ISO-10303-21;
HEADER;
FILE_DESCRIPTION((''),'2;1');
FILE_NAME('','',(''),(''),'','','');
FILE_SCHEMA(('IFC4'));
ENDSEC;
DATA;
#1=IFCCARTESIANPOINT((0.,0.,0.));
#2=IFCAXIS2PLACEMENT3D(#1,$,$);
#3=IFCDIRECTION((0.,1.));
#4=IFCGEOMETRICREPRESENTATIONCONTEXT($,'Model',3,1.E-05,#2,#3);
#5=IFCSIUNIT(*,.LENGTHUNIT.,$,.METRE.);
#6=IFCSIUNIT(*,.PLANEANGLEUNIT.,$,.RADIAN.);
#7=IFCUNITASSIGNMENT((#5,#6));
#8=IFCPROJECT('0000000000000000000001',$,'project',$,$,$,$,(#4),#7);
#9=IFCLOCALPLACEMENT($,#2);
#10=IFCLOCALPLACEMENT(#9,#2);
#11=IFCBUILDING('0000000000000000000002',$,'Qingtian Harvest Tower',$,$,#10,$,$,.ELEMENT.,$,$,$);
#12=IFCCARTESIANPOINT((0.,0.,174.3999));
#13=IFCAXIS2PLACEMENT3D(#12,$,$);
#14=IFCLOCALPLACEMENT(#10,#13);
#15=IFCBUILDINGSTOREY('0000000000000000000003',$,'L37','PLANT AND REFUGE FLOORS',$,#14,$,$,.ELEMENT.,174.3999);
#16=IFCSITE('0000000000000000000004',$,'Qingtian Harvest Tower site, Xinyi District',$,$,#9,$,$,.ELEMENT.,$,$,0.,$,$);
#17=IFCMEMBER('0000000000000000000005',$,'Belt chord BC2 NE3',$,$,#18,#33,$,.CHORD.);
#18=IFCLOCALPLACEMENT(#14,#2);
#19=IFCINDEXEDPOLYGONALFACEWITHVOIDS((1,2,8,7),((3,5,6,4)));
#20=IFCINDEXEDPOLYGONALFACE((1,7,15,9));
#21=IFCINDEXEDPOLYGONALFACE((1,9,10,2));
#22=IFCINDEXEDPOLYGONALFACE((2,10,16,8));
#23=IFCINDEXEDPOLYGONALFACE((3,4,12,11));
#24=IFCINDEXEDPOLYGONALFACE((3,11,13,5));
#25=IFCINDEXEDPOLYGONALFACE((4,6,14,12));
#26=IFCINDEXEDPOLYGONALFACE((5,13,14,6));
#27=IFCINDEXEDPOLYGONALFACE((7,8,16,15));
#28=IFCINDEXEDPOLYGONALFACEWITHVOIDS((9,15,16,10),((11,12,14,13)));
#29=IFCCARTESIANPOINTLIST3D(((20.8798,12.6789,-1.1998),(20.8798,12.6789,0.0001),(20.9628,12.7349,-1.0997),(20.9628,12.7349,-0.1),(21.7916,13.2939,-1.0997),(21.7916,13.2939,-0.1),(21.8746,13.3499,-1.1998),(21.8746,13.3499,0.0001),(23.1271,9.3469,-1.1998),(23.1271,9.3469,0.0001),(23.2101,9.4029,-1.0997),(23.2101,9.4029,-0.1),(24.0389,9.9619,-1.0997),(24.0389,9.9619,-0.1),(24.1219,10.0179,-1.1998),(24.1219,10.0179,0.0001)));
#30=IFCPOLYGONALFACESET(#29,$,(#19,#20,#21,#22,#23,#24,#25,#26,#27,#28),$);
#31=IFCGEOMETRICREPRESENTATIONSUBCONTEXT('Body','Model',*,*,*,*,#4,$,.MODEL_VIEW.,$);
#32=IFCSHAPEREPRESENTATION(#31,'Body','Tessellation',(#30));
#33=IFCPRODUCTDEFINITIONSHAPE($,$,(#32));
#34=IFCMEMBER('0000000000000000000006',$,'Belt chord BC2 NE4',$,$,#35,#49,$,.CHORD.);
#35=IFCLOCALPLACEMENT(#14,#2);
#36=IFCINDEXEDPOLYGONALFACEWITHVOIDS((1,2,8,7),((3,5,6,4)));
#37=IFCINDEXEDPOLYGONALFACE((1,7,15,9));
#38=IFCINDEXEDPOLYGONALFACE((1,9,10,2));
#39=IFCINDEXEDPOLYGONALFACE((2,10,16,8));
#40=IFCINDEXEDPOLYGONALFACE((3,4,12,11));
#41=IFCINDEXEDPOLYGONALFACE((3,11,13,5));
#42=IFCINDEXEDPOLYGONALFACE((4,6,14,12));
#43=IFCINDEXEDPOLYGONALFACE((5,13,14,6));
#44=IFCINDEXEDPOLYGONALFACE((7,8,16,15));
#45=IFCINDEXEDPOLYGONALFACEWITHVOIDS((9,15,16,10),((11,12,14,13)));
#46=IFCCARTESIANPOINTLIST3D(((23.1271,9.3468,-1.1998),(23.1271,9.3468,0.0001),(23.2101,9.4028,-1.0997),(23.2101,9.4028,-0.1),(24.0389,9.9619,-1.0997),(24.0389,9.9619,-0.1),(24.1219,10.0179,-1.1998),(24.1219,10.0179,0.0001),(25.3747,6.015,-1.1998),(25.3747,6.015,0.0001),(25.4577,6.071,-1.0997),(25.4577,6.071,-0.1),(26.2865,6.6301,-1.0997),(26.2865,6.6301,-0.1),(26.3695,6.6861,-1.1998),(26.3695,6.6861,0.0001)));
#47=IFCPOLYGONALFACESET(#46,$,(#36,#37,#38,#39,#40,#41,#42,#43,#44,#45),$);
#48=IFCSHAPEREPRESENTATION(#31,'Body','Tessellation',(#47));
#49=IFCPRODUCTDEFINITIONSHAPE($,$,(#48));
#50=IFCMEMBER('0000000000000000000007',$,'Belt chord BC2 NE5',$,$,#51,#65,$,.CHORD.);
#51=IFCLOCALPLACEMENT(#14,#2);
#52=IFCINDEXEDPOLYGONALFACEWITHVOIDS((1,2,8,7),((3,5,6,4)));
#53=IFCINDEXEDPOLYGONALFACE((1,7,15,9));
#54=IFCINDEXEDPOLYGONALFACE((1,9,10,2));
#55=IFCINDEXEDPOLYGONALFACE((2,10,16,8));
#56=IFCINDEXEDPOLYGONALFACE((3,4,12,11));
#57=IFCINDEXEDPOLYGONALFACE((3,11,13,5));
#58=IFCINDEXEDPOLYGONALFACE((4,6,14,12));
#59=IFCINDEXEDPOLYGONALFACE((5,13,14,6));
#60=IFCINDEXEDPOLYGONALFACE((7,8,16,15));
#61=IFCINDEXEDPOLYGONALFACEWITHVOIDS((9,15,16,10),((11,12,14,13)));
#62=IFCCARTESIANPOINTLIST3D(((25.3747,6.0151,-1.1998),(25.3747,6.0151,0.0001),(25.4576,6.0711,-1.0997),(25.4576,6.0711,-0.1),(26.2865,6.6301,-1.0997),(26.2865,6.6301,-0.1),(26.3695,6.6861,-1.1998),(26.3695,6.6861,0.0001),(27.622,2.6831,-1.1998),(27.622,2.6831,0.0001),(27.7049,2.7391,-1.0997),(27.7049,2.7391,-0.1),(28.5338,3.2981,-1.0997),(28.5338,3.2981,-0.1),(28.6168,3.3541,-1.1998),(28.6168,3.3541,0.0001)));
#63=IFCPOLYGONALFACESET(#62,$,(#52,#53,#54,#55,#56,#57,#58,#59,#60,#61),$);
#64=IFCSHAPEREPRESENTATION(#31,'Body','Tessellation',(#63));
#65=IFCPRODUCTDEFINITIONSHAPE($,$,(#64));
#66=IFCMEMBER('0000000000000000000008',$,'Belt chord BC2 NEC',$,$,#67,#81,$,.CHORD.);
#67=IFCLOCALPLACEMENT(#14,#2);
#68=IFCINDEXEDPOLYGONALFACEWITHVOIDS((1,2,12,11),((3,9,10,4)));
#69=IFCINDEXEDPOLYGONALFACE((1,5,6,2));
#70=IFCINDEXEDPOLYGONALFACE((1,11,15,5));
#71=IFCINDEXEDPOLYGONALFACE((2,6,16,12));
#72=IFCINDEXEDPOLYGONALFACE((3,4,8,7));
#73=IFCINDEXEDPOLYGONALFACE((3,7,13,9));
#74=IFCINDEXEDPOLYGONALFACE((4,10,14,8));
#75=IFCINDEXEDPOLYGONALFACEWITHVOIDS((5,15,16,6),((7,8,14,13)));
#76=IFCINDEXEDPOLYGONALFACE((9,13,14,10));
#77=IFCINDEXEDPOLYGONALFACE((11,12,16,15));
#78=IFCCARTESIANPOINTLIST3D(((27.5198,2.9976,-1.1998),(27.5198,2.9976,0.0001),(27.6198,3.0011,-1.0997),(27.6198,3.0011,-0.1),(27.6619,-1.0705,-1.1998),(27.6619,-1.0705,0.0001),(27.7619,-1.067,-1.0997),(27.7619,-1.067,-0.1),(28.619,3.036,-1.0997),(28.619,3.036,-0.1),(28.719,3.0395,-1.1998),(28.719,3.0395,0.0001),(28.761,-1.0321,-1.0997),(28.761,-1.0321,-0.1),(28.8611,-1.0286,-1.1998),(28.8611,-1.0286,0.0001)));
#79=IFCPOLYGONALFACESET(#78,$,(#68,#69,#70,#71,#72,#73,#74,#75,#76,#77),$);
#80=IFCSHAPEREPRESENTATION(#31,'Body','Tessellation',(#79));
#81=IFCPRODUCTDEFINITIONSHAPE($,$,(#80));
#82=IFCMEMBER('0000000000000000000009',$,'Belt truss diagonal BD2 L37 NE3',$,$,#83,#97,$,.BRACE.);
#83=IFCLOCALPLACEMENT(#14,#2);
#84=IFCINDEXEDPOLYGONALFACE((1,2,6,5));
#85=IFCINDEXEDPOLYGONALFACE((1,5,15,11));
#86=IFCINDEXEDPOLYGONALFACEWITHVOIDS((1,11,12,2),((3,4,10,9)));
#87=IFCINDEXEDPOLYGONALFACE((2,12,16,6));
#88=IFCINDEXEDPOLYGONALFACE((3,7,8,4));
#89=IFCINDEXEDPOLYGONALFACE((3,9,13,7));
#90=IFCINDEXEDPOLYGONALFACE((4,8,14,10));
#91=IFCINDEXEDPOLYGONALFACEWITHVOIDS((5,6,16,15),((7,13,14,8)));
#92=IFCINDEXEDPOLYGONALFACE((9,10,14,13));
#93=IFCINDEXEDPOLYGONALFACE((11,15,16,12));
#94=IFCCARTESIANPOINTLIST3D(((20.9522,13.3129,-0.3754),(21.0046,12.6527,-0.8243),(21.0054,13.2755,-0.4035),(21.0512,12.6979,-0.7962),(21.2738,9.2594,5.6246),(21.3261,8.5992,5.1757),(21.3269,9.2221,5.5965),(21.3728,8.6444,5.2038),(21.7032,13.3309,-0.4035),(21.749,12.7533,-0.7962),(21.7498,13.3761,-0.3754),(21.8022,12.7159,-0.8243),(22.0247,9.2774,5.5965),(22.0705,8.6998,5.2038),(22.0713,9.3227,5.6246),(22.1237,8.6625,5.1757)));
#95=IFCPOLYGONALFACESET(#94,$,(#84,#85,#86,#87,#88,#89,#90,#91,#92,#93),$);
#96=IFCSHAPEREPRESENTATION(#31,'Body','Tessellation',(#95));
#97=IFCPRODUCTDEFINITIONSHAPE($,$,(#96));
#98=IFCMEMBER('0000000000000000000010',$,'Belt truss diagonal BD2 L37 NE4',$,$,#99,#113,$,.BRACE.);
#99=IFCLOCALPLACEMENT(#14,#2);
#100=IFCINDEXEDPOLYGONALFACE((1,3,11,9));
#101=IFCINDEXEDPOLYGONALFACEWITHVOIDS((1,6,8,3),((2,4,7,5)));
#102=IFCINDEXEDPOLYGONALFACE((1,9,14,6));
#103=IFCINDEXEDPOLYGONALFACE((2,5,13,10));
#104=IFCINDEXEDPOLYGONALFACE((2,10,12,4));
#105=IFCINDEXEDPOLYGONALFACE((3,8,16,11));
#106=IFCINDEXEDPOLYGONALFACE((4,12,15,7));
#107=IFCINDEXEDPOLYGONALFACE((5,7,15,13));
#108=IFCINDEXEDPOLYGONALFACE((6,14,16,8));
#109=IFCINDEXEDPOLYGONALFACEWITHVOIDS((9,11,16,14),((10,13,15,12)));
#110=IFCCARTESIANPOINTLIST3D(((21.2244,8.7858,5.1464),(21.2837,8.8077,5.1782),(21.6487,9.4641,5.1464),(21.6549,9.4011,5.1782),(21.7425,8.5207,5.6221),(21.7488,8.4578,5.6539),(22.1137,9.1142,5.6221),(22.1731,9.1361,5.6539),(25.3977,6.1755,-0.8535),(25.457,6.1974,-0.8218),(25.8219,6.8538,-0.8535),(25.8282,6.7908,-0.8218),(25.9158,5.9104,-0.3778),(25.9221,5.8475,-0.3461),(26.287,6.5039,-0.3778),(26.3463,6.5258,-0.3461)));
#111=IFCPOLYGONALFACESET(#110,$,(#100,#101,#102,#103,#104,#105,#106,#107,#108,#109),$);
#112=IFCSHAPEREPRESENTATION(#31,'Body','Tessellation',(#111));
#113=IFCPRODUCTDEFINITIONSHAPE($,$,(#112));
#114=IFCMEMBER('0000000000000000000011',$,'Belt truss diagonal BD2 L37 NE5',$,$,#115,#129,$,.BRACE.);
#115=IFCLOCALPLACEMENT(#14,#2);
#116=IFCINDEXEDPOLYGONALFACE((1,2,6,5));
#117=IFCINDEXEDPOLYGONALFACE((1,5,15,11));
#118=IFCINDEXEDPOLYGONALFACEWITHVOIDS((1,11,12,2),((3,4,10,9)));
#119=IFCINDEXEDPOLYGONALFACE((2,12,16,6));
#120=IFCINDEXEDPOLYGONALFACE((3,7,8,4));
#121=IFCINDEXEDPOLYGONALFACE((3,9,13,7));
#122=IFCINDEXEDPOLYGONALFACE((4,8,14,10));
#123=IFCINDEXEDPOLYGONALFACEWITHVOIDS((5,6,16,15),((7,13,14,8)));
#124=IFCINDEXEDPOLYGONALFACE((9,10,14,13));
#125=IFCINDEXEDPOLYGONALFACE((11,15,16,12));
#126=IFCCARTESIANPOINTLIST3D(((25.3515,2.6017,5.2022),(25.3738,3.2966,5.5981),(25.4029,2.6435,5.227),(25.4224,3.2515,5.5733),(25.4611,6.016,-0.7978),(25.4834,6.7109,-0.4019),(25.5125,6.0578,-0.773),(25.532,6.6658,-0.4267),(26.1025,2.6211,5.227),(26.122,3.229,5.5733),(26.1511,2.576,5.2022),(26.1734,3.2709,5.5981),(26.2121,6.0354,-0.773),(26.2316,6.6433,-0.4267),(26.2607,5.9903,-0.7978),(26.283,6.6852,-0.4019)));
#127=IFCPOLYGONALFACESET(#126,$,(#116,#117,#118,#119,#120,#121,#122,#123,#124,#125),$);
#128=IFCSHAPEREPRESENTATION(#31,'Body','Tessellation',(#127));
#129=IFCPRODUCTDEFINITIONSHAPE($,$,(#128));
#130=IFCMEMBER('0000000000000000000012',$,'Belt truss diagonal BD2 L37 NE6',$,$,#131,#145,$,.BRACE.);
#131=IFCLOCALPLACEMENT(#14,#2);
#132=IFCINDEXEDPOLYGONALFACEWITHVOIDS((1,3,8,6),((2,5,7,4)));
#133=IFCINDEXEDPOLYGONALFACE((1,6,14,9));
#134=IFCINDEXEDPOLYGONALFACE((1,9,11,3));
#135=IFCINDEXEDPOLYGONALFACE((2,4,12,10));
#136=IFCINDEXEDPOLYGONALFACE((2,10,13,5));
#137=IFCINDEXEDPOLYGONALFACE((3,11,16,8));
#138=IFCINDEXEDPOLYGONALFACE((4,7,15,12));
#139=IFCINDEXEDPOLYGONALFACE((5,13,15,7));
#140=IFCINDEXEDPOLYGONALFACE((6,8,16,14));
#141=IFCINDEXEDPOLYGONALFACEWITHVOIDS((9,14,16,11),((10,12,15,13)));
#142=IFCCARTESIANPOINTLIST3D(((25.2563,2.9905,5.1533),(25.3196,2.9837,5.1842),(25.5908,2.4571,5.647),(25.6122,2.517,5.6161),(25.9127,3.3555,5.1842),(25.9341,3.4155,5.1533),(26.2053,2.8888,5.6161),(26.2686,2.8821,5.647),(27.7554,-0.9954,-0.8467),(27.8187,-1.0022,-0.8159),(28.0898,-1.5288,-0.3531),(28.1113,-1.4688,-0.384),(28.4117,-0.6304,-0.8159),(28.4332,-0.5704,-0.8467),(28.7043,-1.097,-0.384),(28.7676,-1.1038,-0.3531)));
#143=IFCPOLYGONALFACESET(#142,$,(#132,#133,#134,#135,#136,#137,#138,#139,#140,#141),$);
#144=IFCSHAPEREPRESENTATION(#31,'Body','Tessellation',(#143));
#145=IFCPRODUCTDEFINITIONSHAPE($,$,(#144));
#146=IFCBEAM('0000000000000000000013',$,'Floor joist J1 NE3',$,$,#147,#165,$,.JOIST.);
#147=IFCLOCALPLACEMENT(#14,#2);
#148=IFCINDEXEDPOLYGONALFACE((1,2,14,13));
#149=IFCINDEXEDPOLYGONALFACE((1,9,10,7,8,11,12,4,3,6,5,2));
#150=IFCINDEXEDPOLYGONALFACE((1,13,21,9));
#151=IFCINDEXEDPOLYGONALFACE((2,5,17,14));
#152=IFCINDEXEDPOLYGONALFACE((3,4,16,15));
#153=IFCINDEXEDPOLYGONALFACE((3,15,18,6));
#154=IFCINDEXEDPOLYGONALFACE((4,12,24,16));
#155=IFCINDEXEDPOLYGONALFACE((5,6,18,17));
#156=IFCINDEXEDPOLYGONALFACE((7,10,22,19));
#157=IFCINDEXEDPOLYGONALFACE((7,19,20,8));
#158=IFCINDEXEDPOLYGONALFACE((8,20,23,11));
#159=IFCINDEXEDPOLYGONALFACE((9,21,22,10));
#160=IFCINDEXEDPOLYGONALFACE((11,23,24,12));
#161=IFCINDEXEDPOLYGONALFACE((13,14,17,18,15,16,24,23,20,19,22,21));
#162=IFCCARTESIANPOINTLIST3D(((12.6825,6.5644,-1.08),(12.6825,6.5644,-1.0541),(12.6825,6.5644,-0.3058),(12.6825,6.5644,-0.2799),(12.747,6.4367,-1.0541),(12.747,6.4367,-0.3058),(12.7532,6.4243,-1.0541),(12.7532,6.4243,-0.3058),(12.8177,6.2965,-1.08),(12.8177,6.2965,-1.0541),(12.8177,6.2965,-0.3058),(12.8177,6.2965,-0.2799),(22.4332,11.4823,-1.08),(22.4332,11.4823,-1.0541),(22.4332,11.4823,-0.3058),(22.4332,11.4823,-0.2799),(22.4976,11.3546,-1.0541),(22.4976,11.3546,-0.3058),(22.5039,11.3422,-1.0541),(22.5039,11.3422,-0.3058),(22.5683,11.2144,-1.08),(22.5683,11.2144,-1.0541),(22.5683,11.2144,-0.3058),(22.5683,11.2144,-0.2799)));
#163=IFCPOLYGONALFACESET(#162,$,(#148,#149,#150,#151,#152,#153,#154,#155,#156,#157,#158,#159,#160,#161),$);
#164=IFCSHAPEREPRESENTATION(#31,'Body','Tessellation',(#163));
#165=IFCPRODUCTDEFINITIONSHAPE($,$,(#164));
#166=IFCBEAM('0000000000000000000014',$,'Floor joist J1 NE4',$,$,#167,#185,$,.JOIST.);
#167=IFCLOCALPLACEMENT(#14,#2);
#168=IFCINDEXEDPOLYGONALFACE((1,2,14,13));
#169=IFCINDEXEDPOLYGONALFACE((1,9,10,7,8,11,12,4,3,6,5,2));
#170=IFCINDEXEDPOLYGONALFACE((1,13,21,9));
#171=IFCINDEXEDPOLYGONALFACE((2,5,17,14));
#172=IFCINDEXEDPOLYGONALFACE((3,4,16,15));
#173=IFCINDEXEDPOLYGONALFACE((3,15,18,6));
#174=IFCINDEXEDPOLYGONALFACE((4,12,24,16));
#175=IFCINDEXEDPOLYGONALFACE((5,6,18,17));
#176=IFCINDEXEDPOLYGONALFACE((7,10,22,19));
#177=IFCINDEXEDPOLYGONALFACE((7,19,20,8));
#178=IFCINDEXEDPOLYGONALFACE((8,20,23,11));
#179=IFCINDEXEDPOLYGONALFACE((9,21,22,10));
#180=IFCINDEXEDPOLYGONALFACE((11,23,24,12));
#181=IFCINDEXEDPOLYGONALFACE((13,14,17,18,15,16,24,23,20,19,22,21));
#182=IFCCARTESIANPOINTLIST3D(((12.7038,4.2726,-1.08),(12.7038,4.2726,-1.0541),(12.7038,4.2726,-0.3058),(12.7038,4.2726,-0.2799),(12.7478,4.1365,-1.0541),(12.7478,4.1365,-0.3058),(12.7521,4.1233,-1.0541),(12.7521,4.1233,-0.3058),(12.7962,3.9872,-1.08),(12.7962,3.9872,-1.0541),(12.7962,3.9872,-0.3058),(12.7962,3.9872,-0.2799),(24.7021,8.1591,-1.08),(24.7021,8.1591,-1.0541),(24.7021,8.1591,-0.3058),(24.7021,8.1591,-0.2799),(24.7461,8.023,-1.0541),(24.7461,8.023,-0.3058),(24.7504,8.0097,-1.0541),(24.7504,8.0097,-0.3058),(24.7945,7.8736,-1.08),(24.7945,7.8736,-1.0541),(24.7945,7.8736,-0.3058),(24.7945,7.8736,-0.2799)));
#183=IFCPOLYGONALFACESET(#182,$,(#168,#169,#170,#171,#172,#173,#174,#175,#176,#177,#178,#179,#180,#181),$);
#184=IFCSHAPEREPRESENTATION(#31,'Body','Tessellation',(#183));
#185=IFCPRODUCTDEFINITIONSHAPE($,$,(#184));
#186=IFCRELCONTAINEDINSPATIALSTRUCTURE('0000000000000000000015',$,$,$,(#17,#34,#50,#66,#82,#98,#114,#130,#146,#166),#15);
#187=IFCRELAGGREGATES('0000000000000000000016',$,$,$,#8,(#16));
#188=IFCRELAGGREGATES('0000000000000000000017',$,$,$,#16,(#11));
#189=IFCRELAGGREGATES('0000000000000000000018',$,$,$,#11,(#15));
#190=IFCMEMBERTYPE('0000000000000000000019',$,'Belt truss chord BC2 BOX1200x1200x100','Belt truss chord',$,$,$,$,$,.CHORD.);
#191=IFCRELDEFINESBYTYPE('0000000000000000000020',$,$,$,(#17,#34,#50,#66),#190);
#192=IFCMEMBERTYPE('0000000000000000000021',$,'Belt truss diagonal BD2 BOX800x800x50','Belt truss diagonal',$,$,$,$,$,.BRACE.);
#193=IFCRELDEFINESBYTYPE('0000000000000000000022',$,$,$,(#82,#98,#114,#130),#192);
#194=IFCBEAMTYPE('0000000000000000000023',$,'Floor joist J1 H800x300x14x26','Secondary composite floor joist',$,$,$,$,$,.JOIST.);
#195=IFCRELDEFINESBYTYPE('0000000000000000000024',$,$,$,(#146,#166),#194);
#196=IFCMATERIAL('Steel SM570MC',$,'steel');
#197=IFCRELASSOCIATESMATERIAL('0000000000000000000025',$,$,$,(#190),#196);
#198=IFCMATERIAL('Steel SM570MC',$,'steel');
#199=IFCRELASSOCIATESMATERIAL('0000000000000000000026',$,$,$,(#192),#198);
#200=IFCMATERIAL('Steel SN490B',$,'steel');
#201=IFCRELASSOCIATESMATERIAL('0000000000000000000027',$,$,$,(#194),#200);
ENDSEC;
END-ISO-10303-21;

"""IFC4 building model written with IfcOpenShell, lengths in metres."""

from ifc_helpers import new_model, si_unit, direction, frame, origin, origin_2d, place, context, subcontext, project, spatial, hollow_rectangle, i_section, extrude, material, material_profile, profile_set, type_object, element, save


model = new_model("IFC4")

# Units and contexts
model_context = context("Model", 3, precision=1e-05, world=origin(), true_north=direction((0.0, 1.0)))
body_context = subcontext(model_context, "Body", "Model", "MODEL_VIEW")
ifc_project = project(units=[si_unit("LENGTHUNIT", "METRE"), si_unit("PLANEANGLEUNIT", "RADIAN")], contexts=[model_context])

# Site, building, storey
site_placement = place(None, origin())
site = spatial("IfcSite", under=ifc_project, at=site_placement, Name="Qingtian Harvest Tower site, Xinyi District", CompositionType="ELEMENT", RefElevation=0.0)
building_placement = place(site_placement, origin())
building = spatial("IfcBuilding", under=site, at=building_placement, Name="Qingtian Harvest Tower", CompositionType="ELEMENT")
storey_placement = place(building_placement, frame((0.0, 0.0, 174.3999)))
storey = spatial("IfcBuildingStorey", under=building, at=storey_placement, Name="L37", Description="PLANT AND REFUGE FLOORS", CompositionType="ELEMENT", Elevation=174.3999)

# Members
ifc_material_1 = material(Name="Steel SM570MC", Category="steel")
ifc_material_profile_1 = material_profile(ifc_material_1, hollow_rectangle(XDim=1.2, YDim=1.2, WallThickness=0.1001, at=origin_2d()), Name="BOX1200x1200x100")
ifc_profile_set_1 = profile_set([ifc_material_profile_1], Name="Steel SM570MC")
member_type_1 = type_object("IfcMemberType", Name="Belt truss chord BC2 BOX1200x1200x100", Description="Belt truss chord", PredefinedType="CHORD", material=ifc_profile_set_1)
for number, where, z_axis, x_axis, name in (
    (1, (21.3772, 13.0144, -0.5999), (0.559164, -0.829057, 0.0), (0.829057, 0.559164, 0.0), "Belt chord BC2 NE3"),
    (2, (23.6245, 9.6824, -0.5999), (0.559234, -0.82901, 0.0), (0.82901, 0.559234, 0.0), "Belt chord BC2 NE4"),
    (3, (25.8721, 6.3506, -0.5999), (0.559164, -0.829057, 0.0), (0.829057, 0.559164, 0.0), "Belt chord BC2 NE5"),
):
    element("IfcMember", number, at=place(storey_placement, frame(where, z_axis=z_axis, x_axis=x_axis)), inside=storey, type_object=member_type_1, Name=name, PredefinedType="CHORD", context=body_context, shape_type="SweptSolid", body=[
        extrude(hollow_rectangle(XDim=1.2, YDim=1.2, WallThickness=0.1001, at=origin_2d()), origin(), (0.0, 0.0, 1.0), 4.019),
    ])
member_1_placement = place(storey_placement, frame((28.1194, 3.0186, -0.5999), z_axis=(0.034906, -0.999391, 0.0), x_axis=(0.999391, 0.034906, 0.0)))
element("IfcMember", 4, at=member_1_placement, inside=storey, type_object=member_type_1, Name="Belt chord BC2 NEC", PredefinedType="CHORD", context=body_context, shape_type="SweptSolid", body=[
    extrude(hollow_rectangle(XDim=1.2, YDim=1.2, WallThickness=0.1001, at=origin_2d()), origin(), (0.0, 0.0, 1.0), 4.0706),
])
ifc_material_2 = material(Name="Steel SM570MC", Category="steel")
ifc_material_profile_2 = material_profile(ifc_material_2, hollow_rectangle(XDim=0.8, YDim=0.8, WallThickness=0.05, at=origin_2d()), Name="BOX800x800x50")
ifc_profile_set_2 = profile_set([ifc_material_profile_2], Name="Steel SM570MC")
member_type_2 = type_object("IfcMemberType", Name="Belt truss diagonal BD2 BOX800x800x50", Description="Belt truss diagonal", PredefinedType="BRACE", material=ifc_profile_set_2)
member_2_placement = place(storey_placement, frame((21.3772, 13.0144, -0.5999), z_axis=(0.044361, -0.559251, 0.827811), x_axis=(0.996869, 0.079075, 0.0)))
element("IfcMember", 5, at=member_2_placement, inside=storey, type_object=member_type_2, Name="Belt truss diagonal BD2 L37 NE3", PredefinedType="BRACE", context=body_context, shape_type="SweptSolid", body=[
    extrude(hollow_rectangle(XDim=0.8, YDim=0.8, WallThickness=0.05, at=origin_2d()), origin(), (0.0, 0.0, 1.0), 7.248),
])
member_3_placement = place(storey_placement, frame((21.6987, 8.9609, 5.4001), z_axis=(0.537743, -0.336349, -0.773112), x_axis=(0.530293, 0.847814, 0.0)))
element("IfcMember", 6, at=member_3_placement, inside=storey, type_object=member_type_2, Name="Belt truss diagonal BD2 L37 NE4", PredefinedType="BRACE", context=body_context, shape_type="SweptSolid", body=[
    extrude(hollow_rectangle(XDim=0.8, YDim=0.8, WallThickness=0.05, at=origin_2d()), origin(), (0.0, 0.0, 1.0), 7.7607),
])
member_4_placement = place(storey_placement, frame((25.8721, 6.3506, -0.5999), z_axis=(-0.015877, -0.494518, 0.869022), x_axis=(0.999485, -0.032089, 0.0)))
element("IfcMember", 7, at=member_4_placement, inside=storey, type_object=member_type_2, Name="Belt truss diagonal BD2 L37 NE5", PredefinedType="BRACE", context=body_context, shape_type="SweptSolid", body=[
    extrude(hollow_rectangle(XDim=0.8, YDim=0.8, WallThickness=0.05, at=origin_2d()), origin(), (0.0, 0.0, 1.0), 6.9043),
])
member_5_placement = place(storey_placement, frame((25.7625, 2.9363, 5.4001), z_axis=(0.327765, -0.522772, -0.786943), x_axis=(0.847245, 0.531202, 0.0)))
element("IfcMember", 8, at=member_5_placement, inside=storey, type_object=member_type_2, Name="Belt truss diagonal BD2 L37 NE6", PredefinedType="BRACE", context=body_context, shape_type="SweptSolid", body=[
    extrude(hollow_rectangle(XDim=0.8, YDim=0.8, WallThickness=0.05, at=origin_2d()), origin(), (0.0, 0.0, 1.0), 7.6245),
])

# Beams
ifc_material_3 = material(Name="Steel SN490B", Category="steel")
ifc_material_profile_3 = material_profile(ifc_material_3, i_section(OverallWidth=0.3, OverallDepth=0.8, WebThickness=0.0139, FlangeThickness=0.0259, at=origin_2d()), Name="H800x300x14x26")
ifc_profile_set_3 = profile_set([ifc_material_profile_3], Name="Steel SN490B")
beam_type_1 = type_object("IfcBeamType", Name="Floor joist J1 H800x300x14x26", Description="Secondary composite floor joist", PredefinedType="JOIST", material=ifc_profile_set_3)
beam_1_placement = place(storey_placement, frame((22.5007, 11.3484, -0.6799), z_axis=(-0.892861, -0.450332, 0.0), x_axis=(0.450332, -0.892861, 0.0)))
element("IfcBeam", 9, at=beam_1_placement, inside=storey, type_object=beam_type_1, Name="Floor joist J1 NE3", PredefinedType="JOIST", context=body_context, shape_type="SweptSolid", body=[
    extrude(i_section(OverallWidth=0.3, OverallDepth=0.8, WebThickness=0.0139, FlangeThickness=0.0259, at=origin_2d()), origin(), (0.0, 0.0, 1.0), 10.9207),
])
beam_2_placement = place(storey_placement, frame((24.7483, 8.0164, -0.6799), z_axis=(-0.951336, -0.308156, 0.0), x_axis=(0.308156, -0.951336, 0.0)))
element("IfcBeam", 10, at=beam_2_placement, inside=storey, type_object=beam_type_1, Name="Floor joist J1 NE4", PredefinedType="JOIST", context=body_context, shape_type="SweptSolid", body=[
    extrude(i_section(OverallWidth=0.3, OverallDepth=0.8, WebThickness=0.0139, FlangeThickness=0.0259, at=origin_2d()), origin(), (0.0, 0.0, 1.0), 12.6121),
])

save(model, "model.ifc")
